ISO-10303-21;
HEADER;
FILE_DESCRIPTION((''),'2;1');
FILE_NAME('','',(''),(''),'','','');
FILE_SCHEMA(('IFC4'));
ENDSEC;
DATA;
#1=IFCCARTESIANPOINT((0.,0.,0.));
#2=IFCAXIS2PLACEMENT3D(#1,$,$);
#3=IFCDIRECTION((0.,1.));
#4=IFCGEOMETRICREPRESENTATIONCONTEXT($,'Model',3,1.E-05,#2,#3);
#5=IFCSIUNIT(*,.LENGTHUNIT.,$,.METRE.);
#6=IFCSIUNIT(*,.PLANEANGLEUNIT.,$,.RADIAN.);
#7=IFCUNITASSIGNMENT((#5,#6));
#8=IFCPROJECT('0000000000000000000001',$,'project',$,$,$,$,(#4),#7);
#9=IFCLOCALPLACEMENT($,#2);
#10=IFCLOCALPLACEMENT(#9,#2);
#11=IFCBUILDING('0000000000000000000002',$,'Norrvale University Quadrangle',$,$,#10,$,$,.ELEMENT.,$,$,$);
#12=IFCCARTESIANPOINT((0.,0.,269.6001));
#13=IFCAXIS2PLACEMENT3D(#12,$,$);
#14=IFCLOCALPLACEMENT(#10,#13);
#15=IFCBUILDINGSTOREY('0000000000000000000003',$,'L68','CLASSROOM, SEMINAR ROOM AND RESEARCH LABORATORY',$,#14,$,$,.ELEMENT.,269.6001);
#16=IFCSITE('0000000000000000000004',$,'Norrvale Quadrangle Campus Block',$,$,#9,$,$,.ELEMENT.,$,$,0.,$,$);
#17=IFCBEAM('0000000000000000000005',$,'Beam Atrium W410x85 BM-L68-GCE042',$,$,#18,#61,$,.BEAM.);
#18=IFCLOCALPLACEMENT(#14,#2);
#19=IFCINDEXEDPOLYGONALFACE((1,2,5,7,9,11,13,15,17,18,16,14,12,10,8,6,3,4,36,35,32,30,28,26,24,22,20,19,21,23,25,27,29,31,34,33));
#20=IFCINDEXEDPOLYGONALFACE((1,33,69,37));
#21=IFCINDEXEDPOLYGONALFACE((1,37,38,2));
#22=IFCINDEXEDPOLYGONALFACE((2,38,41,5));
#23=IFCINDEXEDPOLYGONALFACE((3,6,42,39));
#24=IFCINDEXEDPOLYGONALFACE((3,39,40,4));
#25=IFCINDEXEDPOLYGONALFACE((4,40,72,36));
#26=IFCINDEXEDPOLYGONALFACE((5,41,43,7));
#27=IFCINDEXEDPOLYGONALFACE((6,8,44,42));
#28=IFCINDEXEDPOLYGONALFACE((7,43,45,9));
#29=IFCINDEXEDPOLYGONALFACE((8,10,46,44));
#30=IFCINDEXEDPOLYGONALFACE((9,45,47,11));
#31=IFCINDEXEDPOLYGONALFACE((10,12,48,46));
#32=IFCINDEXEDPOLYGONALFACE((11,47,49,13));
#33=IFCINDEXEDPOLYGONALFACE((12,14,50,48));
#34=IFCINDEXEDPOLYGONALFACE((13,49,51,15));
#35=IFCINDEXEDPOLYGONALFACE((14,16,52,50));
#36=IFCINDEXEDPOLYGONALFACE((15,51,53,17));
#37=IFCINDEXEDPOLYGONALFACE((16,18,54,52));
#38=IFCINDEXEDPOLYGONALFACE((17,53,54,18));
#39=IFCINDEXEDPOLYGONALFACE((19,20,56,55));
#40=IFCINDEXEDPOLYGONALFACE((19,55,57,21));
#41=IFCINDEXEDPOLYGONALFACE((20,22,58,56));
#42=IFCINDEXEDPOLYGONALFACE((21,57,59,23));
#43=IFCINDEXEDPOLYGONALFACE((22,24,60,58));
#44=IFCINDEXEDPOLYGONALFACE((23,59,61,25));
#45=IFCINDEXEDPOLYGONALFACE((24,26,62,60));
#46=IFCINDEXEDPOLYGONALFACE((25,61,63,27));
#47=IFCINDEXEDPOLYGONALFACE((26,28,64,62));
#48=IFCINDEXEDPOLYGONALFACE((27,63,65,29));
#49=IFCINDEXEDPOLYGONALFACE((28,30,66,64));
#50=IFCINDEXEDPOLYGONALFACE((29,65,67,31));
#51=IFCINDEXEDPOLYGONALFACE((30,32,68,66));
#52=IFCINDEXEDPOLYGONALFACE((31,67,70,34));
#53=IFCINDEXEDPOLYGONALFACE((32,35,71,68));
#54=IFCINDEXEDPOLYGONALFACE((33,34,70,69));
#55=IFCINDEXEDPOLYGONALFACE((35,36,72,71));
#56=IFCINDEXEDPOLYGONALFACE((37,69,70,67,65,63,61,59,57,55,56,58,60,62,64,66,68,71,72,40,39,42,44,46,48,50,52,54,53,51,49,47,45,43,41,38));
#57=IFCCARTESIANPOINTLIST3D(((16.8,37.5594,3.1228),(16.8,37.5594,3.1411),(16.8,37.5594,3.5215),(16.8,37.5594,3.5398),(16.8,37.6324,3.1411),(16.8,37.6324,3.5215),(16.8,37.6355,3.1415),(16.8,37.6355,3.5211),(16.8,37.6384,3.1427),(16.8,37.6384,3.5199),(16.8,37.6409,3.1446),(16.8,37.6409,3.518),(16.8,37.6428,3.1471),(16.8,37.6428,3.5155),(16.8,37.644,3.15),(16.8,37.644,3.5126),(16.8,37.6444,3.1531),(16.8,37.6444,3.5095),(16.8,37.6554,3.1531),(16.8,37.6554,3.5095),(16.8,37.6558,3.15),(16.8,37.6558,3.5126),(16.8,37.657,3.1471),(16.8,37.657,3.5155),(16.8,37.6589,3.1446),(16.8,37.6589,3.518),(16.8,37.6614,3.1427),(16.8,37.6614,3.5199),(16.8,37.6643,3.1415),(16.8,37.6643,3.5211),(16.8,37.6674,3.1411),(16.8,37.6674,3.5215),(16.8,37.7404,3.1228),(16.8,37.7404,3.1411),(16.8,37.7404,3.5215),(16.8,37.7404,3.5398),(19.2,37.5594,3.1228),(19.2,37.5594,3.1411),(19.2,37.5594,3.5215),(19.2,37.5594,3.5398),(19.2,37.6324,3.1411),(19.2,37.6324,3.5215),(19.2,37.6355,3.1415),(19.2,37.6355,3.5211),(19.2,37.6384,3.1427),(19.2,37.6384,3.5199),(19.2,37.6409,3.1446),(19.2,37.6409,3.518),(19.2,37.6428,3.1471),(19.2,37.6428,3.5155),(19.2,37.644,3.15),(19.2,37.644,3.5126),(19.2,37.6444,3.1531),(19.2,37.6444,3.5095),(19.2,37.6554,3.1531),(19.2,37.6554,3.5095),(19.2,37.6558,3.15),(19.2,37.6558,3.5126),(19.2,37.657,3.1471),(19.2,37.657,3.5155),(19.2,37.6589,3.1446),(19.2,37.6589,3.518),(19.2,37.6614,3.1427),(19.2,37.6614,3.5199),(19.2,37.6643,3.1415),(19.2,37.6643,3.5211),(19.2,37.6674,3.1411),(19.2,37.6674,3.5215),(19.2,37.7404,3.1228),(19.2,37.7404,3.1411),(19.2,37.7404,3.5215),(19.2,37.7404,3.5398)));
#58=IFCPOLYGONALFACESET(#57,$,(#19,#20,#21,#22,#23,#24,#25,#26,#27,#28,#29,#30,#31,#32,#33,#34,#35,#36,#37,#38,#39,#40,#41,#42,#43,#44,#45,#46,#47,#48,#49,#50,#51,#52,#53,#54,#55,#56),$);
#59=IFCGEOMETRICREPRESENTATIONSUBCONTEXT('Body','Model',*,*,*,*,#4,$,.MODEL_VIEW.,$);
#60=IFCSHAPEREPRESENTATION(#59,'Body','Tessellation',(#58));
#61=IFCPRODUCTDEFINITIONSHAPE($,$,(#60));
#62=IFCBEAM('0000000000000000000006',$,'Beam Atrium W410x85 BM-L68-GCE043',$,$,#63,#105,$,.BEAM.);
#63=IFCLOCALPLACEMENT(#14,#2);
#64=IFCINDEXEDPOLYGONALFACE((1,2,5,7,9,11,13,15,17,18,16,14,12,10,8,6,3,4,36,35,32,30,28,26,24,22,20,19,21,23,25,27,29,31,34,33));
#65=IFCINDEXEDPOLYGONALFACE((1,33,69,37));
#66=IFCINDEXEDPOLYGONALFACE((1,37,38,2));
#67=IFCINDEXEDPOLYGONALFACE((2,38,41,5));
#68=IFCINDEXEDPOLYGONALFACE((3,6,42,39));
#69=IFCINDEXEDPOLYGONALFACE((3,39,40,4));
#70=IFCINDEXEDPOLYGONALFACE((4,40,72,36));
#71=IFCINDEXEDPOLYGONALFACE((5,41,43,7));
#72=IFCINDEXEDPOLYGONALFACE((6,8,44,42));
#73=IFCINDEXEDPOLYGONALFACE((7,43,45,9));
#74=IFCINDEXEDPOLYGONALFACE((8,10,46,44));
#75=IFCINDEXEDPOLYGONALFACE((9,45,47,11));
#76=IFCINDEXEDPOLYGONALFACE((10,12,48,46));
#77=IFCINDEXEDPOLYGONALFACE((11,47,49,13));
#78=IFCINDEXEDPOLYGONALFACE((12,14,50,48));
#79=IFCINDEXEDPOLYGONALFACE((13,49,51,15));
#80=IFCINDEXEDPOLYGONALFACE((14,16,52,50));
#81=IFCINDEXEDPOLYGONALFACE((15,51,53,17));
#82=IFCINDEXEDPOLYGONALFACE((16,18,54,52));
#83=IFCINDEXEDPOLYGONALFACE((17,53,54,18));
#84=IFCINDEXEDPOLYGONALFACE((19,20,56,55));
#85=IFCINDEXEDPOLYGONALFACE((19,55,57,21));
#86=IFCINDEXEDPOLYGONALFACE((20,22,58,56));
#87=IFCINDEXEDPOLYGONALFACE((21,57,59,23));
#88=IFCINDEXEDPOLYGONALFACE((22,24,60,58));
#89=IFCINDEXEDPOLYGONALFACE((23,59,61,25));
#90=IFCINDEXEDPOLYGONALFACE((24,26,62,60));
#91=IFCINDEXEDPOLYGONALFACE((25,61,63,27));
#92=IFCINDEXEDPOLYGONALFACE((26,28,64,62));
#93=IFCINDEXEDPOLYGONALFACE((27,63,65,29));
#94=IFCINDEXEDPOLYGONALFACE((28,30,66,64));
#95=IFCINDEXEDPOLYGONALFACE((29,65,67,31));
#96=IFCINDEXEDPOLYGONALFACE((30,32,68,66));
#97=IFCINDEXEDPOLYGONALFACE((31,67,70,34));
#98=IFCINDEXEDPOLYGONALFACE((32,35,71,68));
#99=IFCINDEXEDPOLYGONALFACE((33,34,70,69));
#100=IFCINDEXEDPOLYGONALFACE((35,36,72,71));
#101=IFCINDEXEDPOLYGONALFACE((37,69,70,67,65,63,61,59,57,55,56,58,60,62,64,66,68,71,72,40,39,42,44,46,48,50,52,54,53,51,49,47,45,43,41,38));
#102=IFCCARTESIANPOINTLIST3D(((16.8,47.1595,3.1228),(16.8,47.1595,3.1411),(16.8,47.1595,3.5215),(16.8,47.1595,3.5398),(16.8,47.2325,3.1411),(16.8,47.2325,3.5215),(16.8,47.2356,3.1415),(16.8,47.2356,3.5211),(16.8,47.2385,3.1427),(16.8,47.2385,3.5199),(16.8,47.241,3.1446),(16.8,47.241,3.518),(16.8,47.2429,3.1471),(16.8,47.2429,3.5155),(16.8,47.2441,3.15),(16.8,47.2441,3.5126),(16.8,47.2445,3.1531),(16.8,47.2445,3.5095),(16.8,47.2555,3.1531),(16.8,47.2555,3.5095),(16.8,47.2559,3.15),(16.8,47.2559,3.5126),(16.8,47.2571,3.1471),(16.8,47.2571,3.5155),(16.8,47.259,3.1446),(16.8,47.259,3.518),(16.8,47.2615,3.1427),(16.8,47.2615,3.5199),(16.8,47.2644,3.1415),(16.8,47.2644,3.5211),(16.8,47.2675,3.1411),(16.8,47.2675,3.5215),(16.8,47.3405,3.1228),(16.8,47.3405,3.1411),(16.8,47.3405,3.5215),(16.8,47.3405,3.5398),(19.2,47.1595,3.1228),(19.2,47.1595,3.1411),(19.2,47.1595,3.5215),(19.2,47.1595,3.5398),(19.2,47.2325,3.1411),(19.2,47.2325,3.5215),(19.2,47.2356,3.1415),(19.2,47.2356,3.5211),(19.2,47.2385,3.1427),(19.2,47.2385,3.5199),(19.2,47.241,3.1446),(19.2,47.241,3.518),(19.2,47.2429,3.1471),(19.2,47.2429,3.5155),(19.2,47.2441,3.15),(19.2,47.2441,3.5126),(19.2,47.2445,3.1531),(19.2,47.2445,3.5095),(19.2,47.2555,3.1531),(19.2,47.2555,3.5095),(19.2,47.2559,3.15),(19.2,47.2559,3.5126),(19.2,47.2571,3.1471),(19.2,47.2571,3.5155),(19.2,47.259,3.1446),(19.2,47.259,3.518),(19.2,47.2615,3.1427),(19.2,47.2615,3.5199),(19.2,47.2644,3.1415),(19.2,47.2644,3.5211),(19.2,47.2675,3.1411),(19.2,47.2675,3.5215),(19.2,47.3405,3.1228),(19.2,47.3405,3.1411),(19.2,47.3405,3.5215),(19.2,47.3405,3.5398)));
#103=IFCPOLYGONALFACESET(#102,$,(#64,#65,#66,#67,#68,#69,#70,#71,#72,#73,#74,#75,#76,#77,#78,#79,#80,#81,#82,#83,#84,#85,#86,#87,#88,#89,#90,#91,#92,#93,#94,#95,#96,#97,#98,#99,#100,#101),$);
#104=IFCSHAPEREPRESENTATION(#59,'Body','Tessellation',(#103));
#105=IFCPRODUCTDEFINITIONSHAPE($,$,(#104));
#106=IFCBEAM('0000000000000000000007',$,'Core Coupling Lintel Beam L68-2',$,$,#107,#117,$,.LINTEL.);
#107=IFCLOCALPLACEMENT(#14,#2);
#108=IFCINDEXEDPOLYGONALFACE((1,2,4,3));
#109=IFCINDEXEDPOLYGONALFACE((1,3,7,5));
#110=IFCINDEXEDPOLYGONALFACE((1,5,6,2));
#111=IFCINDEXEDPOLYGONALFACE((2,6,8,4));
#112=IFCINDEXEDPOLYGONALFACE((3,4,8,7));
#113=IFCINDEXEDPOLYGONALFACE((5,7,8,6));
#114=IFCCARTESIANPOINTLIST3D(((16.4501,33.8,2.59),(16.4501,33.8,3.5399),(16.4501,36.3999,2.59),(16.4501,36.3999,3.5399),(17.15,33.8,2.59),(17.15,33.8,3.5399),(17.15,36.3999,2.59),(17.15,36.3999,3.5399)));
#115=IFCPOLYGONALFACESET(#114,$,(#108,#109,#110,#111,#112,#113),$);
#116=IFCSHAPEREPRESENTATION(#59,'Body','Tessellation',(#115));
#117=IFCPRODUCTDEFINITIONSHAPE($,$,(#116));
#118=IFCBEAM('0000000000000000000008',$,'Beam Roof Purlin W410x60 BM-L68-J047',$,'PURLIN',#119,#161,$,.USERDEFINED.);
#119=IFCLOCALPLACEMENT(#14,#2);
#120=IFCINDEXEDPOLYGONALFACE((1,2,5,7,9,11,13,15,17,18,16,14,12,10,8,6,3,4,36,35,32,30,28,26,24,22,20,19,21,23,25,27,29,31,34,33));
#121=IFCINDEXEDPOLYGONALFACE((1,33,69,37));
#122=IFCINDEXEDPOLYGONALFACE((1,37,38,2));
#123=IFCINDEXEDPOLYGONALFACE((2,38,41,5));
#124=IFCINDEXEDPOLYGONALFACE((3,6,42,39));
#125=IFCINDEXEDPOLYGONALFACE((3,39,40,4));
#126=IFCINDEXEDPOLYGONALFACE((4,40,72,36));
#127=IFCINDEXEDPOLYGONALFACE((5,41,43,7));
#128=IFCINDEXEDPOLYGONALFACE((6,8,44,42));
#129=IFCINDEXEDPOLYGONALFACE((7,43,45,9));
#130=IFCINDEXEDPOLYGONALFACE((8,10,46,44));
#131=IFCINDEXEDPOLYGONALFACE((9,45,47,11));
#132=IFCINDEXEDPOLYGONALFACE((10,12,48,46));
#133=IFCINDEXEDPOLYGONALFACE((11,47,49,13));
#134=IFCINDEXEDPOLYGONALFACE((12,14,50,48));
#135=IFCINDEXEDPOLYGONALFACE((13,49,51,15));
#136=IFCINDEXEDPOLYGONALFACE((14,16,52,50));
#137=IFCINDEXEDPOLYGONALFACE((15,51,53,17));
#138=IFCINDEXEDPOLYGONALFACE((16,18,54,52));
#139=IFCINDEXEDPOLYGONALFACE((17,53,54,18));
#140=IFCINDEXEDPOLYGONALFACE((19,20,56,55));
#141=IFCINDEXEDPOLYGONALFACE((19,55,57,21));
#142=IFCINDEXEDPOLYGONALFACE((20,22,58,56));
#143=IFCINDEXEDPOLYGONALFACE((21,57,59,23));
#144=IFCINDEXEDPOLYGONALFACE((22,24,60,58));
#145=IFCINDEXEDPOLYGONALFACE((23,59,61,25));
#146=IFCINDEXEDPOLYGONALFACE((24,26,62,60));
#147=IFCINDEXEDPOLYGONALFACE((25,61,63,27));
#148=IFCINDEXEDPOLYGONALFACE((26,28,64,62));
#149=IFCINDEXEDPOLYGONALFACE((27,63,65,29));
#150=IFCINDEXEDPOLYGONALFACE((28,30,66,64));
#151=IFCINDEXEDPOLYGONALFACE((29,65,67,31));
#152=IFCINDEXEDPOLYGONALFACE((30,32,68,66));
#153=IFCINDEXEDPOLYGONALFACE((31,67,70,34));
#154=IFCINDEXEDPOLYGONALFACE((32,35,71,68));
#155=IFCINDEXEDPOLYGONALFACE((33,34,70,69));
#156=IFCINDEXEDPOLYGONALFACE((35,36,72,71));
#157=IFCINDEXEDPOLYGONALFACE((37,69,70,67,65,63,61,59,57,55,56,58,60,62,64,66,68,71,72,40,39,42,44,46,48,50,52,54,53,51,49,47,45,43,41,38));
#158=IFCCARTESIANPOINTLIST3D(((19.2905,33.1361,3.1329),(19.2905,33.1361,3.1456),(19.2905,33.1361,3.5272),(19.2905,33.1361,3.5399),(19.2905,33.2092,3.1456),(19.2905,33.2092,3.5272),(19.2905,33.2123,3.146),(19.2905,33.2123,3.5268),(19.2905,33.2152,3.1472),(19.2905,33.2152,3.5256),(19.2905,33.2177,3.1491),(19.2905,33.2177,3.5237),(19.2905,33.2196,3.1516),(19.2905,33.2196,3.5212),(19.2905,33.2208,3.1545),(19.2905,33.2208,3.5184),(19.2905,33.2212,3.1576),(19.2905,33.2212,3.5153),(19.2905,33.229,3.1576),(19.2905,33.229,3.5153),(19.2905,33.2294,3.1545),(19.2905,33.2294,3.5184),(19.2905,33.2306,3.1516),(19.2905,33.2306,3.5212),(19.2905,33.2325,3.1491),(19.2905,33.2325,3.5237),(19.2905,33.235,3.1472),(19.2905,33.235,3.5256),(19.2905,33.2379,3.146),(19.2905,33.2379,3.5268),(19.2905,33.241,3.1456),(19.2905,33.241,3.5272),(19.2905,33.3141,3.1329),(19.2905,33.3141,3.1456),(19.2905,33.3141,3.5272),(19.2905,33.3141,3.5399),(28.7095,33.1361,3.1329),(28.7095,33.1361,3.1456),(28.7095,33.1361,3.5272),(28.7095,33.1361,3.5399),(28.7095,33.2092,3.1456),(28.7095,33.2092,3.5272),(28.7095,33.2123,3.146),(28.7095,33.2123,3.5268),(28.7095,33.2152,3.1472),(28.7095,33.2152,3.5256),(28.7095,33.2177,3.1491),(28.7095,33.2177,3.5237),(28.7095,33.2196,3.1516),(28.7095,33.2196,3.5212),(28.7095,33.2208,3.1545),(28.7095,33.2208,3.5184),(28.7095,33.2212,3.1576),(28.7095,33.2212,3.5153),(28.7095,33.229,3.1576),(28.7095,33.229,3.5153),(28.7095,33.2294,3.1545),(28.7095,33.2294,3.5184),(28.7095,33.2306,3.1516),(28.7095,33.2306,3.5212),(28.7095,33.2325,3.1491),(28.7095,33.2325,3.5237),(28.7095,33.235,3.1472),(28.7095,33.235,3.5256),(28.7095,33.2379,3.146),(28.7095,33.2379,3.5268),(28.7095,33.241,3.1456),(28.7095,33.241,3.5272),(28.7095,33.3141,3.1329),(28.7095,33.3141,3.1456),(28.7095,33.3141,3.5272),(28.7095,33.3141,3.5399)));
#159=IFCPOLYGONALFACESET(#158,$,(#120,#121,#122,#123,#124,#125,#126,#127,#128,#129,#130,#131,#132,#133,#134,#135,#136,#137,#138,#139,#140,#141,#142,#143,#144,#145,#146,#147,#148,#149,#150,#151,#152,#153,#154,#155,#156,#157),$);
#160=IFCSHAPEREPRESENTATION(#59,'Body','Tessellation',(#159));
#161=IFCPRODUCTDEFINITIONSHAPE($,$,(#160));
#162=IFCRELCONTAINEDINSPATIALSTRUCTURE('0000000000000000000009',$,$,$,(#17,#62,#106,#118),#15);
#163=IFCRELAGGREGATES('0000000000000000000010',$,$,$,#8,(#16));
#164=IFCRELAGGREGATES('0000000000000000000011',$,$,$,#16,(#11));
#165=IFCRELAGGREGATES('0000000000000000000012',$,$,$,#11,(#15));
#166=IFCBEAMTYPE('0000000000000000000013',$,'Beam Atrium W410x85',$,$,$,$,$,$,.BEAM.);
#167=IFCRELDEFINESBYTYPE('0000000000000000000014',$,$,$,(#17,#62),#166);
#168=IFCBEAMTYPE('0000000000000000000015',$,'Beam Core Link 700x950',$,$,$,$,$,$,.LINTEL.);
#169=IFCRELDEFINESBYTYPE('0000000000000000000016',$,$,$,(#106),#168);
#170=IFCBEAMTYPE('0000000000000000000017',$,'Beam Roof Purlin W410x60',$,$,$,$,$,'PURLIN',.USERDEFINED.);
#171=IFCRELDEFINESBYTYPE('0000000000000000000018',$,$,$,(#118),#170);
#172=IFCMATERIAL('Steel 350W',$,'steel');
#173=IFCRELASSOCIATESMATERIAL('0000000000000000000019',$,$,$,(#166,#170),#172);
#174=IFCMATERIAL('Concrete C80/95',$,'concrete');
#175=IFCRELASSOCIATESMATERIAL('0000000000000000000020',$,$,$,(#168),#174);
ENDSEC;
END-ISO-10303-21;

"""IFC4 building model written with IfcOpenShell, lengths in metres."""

from ifc_helpers import new_model, si_unit, direction, frame, origin, origin_2d, place, context, subcontext, project, spatial, rectangle, i_section, extrude, material, material_profile, profile_set, type_object, element, save


model = new_model("IFC4")

# Units and contexts
model_context = context("Model", 3, precision=1e-05, world=origin(), true_north=direction((0.0, 1.0)))
body_context = subcontext(model_context, "Body", "Model", "MODEL_VIEW")
ifc_project = project(units=[si_unit("LENGTHUNIT", "METRE"), si_unit("PLANEANGLEUNIT", "RADIAN")], contexts=[model_context])

# Site, building, storey
site_placement = place(None, origin())
site = spatial("IfcSite", under=ifc_project, at=site_placement, Name="Norrvale Quadrangle Campus Block", CompositionType="ELEMENT", RefElevation=0.0)
building_placement = place(site_placement, origin())
building = spatial("IfcBuilding", under=site, at=building_placement, Name="Norrvale University Quadrangle", CompositionType="ELEMENT")
storey_placement = place(building_placement, frame((0.0, 0.0, 269.6001)))
storey = spatial("IfcBuildingStorey", under=building, at=storey_placement, Name="L68", Description="CLASSROOM, SEMINAR ROOM AND RESEARCH LABORATORY", CompositionType="ELEMENT", Elevation=269.6001)

# Beams
ifc_material_1 = material(Name="Steel 350W", Category="steel")
ifc_material_profile_1 = material_profile(ifc_material_1, i_section(OverallWidth=0.1809, OverallDepth=0.417, WebThickness=0.011, FlangeThickness=0.0183, FilletRadius=0.012, at=origin_2d()), Name="Steel 350W")
ifc_profile_set_1 = profile_set([ifc_material_profile_1], Name="Steel 350W")
beam_type_1 = type_object("IfcBeamType", Name="Beam Atrium W410x85", PredefinedType="BEAM", material=ifc_profile_set_1)
for number, where, z_axis, x_axis, name in (
    (1, (16.8, 37.6499, 3.3313), (1.0, 0.0, 0.0), (0.0, 1.0, 0.0), "Beam Atrium W410x85 BM-L68-GCE042"),
    (2, (16.8, 47.25, 3.3313), (1.0, 0.0, 0.0), (0.0, 1.0, 0.0), "Beam Atrium W410x85 BM-L68-GCE043"),
):
    element("IfcBeam", number, at=place(storey_placement, frame(where, z_axis=z_axis, x_axis=x_axis)), inside=storey, type_object=beam_type_1, Name=name, PredefinedType="BEAM", context=body_context, shape_type="SweptSolid", body=[
        extrude(i_section(OverallWidth=0.1809, OverallDepth=0.417, WebThickness=0.011, FlangeThickness=0.0183, FilletRadius=0.012, at=origin_2d()), origin(), (0.0, 0.0, 1.0), 2.3999),
    ])
ifc_material_2 = material(Name="Concrete C80/95", Category="concrete")
ifc_material_profile_2 = material_profile(ifc_material_2, rectangle(XDim=0.7, YDim=0.95, at=origin_2d()), Name="Concrete C80/95")
ifc_profile_set_2 = profile_set([ifc_material_profile_2], Name="Concrete C80/95")
beam_type_2 = type_object("IfcBeamType", Name="Beam Core Link 700x950", PredefinedType="LINTEL", material=ifc_profile_set_2)
beam_placement = place(storey_placement, frame((16.8, 33.8, 3.0649), z_axis=(0.0, 1.0, 0.0), x_axis=(-1.0, 0.0, 0.0)))
element("IfcBeam", 3, at=beam_placement, inside=storey, type_object=beam_type_2, Name="Core Coupling Lintel Beam L68-2", PredefinedType="LINTEL", context=body_context, shape_type="SweptSolid", body=[
    extrude(rectangle(XDim=0.7, YDim=0.95, at=origin_2d()), origin(), (0.0, 0.0, 1.0), 2.5999),
])
ifc_material_profile_3 = material_profile(ifc_material_1, i_section(OverallWidth=0.178, OverallDepth=0.407, WebThickness=0.0078, FlangeThickness=0.0127, FilletRadius=0.012, at=origin_2d()), Name="Steel 350W")
ifc_profile_set_3 = profile_set([ifc_material_profile_3], Name="Steel 350W")
beam_type_3 = type_object("IfcBeamType", Name="Beam Roof Purlin W410x60", ElementType="PURLIN", PredefinedType="USERDEFINED", material=ifc_profile_set_3)
for number, where, z_axis, x_axis, name in (
    (4, (19.2905, 33.2251, 3.3364), (1.0, 0.0, 0.0), (0.0, 1.0, 0.0), "Beam Roof Purlin W410x60 BM-L68-J047"),
):
    element("IfcBeam", number, at=place(storey_placement, frame(where, z_axis=z_axis, x_axis=x_axis)), inside=storey, type_object=beam_type_3, Name=name, ObjectType="PURLIN", PredefinedType="USERDEFINED", context=body_context, shape_type="SweptSolid", body=[
        extrude(i_section(OverallWidth=0.178, OverallDepth=0.407, WebThickness=0.0078, FlangeThickness=0.0127, FilletRadius=0.012, at=origin_2d()), origin(), (0.0, 0.0, 1.0), 9.4189),
    ])

save(model, "model.ifc")
